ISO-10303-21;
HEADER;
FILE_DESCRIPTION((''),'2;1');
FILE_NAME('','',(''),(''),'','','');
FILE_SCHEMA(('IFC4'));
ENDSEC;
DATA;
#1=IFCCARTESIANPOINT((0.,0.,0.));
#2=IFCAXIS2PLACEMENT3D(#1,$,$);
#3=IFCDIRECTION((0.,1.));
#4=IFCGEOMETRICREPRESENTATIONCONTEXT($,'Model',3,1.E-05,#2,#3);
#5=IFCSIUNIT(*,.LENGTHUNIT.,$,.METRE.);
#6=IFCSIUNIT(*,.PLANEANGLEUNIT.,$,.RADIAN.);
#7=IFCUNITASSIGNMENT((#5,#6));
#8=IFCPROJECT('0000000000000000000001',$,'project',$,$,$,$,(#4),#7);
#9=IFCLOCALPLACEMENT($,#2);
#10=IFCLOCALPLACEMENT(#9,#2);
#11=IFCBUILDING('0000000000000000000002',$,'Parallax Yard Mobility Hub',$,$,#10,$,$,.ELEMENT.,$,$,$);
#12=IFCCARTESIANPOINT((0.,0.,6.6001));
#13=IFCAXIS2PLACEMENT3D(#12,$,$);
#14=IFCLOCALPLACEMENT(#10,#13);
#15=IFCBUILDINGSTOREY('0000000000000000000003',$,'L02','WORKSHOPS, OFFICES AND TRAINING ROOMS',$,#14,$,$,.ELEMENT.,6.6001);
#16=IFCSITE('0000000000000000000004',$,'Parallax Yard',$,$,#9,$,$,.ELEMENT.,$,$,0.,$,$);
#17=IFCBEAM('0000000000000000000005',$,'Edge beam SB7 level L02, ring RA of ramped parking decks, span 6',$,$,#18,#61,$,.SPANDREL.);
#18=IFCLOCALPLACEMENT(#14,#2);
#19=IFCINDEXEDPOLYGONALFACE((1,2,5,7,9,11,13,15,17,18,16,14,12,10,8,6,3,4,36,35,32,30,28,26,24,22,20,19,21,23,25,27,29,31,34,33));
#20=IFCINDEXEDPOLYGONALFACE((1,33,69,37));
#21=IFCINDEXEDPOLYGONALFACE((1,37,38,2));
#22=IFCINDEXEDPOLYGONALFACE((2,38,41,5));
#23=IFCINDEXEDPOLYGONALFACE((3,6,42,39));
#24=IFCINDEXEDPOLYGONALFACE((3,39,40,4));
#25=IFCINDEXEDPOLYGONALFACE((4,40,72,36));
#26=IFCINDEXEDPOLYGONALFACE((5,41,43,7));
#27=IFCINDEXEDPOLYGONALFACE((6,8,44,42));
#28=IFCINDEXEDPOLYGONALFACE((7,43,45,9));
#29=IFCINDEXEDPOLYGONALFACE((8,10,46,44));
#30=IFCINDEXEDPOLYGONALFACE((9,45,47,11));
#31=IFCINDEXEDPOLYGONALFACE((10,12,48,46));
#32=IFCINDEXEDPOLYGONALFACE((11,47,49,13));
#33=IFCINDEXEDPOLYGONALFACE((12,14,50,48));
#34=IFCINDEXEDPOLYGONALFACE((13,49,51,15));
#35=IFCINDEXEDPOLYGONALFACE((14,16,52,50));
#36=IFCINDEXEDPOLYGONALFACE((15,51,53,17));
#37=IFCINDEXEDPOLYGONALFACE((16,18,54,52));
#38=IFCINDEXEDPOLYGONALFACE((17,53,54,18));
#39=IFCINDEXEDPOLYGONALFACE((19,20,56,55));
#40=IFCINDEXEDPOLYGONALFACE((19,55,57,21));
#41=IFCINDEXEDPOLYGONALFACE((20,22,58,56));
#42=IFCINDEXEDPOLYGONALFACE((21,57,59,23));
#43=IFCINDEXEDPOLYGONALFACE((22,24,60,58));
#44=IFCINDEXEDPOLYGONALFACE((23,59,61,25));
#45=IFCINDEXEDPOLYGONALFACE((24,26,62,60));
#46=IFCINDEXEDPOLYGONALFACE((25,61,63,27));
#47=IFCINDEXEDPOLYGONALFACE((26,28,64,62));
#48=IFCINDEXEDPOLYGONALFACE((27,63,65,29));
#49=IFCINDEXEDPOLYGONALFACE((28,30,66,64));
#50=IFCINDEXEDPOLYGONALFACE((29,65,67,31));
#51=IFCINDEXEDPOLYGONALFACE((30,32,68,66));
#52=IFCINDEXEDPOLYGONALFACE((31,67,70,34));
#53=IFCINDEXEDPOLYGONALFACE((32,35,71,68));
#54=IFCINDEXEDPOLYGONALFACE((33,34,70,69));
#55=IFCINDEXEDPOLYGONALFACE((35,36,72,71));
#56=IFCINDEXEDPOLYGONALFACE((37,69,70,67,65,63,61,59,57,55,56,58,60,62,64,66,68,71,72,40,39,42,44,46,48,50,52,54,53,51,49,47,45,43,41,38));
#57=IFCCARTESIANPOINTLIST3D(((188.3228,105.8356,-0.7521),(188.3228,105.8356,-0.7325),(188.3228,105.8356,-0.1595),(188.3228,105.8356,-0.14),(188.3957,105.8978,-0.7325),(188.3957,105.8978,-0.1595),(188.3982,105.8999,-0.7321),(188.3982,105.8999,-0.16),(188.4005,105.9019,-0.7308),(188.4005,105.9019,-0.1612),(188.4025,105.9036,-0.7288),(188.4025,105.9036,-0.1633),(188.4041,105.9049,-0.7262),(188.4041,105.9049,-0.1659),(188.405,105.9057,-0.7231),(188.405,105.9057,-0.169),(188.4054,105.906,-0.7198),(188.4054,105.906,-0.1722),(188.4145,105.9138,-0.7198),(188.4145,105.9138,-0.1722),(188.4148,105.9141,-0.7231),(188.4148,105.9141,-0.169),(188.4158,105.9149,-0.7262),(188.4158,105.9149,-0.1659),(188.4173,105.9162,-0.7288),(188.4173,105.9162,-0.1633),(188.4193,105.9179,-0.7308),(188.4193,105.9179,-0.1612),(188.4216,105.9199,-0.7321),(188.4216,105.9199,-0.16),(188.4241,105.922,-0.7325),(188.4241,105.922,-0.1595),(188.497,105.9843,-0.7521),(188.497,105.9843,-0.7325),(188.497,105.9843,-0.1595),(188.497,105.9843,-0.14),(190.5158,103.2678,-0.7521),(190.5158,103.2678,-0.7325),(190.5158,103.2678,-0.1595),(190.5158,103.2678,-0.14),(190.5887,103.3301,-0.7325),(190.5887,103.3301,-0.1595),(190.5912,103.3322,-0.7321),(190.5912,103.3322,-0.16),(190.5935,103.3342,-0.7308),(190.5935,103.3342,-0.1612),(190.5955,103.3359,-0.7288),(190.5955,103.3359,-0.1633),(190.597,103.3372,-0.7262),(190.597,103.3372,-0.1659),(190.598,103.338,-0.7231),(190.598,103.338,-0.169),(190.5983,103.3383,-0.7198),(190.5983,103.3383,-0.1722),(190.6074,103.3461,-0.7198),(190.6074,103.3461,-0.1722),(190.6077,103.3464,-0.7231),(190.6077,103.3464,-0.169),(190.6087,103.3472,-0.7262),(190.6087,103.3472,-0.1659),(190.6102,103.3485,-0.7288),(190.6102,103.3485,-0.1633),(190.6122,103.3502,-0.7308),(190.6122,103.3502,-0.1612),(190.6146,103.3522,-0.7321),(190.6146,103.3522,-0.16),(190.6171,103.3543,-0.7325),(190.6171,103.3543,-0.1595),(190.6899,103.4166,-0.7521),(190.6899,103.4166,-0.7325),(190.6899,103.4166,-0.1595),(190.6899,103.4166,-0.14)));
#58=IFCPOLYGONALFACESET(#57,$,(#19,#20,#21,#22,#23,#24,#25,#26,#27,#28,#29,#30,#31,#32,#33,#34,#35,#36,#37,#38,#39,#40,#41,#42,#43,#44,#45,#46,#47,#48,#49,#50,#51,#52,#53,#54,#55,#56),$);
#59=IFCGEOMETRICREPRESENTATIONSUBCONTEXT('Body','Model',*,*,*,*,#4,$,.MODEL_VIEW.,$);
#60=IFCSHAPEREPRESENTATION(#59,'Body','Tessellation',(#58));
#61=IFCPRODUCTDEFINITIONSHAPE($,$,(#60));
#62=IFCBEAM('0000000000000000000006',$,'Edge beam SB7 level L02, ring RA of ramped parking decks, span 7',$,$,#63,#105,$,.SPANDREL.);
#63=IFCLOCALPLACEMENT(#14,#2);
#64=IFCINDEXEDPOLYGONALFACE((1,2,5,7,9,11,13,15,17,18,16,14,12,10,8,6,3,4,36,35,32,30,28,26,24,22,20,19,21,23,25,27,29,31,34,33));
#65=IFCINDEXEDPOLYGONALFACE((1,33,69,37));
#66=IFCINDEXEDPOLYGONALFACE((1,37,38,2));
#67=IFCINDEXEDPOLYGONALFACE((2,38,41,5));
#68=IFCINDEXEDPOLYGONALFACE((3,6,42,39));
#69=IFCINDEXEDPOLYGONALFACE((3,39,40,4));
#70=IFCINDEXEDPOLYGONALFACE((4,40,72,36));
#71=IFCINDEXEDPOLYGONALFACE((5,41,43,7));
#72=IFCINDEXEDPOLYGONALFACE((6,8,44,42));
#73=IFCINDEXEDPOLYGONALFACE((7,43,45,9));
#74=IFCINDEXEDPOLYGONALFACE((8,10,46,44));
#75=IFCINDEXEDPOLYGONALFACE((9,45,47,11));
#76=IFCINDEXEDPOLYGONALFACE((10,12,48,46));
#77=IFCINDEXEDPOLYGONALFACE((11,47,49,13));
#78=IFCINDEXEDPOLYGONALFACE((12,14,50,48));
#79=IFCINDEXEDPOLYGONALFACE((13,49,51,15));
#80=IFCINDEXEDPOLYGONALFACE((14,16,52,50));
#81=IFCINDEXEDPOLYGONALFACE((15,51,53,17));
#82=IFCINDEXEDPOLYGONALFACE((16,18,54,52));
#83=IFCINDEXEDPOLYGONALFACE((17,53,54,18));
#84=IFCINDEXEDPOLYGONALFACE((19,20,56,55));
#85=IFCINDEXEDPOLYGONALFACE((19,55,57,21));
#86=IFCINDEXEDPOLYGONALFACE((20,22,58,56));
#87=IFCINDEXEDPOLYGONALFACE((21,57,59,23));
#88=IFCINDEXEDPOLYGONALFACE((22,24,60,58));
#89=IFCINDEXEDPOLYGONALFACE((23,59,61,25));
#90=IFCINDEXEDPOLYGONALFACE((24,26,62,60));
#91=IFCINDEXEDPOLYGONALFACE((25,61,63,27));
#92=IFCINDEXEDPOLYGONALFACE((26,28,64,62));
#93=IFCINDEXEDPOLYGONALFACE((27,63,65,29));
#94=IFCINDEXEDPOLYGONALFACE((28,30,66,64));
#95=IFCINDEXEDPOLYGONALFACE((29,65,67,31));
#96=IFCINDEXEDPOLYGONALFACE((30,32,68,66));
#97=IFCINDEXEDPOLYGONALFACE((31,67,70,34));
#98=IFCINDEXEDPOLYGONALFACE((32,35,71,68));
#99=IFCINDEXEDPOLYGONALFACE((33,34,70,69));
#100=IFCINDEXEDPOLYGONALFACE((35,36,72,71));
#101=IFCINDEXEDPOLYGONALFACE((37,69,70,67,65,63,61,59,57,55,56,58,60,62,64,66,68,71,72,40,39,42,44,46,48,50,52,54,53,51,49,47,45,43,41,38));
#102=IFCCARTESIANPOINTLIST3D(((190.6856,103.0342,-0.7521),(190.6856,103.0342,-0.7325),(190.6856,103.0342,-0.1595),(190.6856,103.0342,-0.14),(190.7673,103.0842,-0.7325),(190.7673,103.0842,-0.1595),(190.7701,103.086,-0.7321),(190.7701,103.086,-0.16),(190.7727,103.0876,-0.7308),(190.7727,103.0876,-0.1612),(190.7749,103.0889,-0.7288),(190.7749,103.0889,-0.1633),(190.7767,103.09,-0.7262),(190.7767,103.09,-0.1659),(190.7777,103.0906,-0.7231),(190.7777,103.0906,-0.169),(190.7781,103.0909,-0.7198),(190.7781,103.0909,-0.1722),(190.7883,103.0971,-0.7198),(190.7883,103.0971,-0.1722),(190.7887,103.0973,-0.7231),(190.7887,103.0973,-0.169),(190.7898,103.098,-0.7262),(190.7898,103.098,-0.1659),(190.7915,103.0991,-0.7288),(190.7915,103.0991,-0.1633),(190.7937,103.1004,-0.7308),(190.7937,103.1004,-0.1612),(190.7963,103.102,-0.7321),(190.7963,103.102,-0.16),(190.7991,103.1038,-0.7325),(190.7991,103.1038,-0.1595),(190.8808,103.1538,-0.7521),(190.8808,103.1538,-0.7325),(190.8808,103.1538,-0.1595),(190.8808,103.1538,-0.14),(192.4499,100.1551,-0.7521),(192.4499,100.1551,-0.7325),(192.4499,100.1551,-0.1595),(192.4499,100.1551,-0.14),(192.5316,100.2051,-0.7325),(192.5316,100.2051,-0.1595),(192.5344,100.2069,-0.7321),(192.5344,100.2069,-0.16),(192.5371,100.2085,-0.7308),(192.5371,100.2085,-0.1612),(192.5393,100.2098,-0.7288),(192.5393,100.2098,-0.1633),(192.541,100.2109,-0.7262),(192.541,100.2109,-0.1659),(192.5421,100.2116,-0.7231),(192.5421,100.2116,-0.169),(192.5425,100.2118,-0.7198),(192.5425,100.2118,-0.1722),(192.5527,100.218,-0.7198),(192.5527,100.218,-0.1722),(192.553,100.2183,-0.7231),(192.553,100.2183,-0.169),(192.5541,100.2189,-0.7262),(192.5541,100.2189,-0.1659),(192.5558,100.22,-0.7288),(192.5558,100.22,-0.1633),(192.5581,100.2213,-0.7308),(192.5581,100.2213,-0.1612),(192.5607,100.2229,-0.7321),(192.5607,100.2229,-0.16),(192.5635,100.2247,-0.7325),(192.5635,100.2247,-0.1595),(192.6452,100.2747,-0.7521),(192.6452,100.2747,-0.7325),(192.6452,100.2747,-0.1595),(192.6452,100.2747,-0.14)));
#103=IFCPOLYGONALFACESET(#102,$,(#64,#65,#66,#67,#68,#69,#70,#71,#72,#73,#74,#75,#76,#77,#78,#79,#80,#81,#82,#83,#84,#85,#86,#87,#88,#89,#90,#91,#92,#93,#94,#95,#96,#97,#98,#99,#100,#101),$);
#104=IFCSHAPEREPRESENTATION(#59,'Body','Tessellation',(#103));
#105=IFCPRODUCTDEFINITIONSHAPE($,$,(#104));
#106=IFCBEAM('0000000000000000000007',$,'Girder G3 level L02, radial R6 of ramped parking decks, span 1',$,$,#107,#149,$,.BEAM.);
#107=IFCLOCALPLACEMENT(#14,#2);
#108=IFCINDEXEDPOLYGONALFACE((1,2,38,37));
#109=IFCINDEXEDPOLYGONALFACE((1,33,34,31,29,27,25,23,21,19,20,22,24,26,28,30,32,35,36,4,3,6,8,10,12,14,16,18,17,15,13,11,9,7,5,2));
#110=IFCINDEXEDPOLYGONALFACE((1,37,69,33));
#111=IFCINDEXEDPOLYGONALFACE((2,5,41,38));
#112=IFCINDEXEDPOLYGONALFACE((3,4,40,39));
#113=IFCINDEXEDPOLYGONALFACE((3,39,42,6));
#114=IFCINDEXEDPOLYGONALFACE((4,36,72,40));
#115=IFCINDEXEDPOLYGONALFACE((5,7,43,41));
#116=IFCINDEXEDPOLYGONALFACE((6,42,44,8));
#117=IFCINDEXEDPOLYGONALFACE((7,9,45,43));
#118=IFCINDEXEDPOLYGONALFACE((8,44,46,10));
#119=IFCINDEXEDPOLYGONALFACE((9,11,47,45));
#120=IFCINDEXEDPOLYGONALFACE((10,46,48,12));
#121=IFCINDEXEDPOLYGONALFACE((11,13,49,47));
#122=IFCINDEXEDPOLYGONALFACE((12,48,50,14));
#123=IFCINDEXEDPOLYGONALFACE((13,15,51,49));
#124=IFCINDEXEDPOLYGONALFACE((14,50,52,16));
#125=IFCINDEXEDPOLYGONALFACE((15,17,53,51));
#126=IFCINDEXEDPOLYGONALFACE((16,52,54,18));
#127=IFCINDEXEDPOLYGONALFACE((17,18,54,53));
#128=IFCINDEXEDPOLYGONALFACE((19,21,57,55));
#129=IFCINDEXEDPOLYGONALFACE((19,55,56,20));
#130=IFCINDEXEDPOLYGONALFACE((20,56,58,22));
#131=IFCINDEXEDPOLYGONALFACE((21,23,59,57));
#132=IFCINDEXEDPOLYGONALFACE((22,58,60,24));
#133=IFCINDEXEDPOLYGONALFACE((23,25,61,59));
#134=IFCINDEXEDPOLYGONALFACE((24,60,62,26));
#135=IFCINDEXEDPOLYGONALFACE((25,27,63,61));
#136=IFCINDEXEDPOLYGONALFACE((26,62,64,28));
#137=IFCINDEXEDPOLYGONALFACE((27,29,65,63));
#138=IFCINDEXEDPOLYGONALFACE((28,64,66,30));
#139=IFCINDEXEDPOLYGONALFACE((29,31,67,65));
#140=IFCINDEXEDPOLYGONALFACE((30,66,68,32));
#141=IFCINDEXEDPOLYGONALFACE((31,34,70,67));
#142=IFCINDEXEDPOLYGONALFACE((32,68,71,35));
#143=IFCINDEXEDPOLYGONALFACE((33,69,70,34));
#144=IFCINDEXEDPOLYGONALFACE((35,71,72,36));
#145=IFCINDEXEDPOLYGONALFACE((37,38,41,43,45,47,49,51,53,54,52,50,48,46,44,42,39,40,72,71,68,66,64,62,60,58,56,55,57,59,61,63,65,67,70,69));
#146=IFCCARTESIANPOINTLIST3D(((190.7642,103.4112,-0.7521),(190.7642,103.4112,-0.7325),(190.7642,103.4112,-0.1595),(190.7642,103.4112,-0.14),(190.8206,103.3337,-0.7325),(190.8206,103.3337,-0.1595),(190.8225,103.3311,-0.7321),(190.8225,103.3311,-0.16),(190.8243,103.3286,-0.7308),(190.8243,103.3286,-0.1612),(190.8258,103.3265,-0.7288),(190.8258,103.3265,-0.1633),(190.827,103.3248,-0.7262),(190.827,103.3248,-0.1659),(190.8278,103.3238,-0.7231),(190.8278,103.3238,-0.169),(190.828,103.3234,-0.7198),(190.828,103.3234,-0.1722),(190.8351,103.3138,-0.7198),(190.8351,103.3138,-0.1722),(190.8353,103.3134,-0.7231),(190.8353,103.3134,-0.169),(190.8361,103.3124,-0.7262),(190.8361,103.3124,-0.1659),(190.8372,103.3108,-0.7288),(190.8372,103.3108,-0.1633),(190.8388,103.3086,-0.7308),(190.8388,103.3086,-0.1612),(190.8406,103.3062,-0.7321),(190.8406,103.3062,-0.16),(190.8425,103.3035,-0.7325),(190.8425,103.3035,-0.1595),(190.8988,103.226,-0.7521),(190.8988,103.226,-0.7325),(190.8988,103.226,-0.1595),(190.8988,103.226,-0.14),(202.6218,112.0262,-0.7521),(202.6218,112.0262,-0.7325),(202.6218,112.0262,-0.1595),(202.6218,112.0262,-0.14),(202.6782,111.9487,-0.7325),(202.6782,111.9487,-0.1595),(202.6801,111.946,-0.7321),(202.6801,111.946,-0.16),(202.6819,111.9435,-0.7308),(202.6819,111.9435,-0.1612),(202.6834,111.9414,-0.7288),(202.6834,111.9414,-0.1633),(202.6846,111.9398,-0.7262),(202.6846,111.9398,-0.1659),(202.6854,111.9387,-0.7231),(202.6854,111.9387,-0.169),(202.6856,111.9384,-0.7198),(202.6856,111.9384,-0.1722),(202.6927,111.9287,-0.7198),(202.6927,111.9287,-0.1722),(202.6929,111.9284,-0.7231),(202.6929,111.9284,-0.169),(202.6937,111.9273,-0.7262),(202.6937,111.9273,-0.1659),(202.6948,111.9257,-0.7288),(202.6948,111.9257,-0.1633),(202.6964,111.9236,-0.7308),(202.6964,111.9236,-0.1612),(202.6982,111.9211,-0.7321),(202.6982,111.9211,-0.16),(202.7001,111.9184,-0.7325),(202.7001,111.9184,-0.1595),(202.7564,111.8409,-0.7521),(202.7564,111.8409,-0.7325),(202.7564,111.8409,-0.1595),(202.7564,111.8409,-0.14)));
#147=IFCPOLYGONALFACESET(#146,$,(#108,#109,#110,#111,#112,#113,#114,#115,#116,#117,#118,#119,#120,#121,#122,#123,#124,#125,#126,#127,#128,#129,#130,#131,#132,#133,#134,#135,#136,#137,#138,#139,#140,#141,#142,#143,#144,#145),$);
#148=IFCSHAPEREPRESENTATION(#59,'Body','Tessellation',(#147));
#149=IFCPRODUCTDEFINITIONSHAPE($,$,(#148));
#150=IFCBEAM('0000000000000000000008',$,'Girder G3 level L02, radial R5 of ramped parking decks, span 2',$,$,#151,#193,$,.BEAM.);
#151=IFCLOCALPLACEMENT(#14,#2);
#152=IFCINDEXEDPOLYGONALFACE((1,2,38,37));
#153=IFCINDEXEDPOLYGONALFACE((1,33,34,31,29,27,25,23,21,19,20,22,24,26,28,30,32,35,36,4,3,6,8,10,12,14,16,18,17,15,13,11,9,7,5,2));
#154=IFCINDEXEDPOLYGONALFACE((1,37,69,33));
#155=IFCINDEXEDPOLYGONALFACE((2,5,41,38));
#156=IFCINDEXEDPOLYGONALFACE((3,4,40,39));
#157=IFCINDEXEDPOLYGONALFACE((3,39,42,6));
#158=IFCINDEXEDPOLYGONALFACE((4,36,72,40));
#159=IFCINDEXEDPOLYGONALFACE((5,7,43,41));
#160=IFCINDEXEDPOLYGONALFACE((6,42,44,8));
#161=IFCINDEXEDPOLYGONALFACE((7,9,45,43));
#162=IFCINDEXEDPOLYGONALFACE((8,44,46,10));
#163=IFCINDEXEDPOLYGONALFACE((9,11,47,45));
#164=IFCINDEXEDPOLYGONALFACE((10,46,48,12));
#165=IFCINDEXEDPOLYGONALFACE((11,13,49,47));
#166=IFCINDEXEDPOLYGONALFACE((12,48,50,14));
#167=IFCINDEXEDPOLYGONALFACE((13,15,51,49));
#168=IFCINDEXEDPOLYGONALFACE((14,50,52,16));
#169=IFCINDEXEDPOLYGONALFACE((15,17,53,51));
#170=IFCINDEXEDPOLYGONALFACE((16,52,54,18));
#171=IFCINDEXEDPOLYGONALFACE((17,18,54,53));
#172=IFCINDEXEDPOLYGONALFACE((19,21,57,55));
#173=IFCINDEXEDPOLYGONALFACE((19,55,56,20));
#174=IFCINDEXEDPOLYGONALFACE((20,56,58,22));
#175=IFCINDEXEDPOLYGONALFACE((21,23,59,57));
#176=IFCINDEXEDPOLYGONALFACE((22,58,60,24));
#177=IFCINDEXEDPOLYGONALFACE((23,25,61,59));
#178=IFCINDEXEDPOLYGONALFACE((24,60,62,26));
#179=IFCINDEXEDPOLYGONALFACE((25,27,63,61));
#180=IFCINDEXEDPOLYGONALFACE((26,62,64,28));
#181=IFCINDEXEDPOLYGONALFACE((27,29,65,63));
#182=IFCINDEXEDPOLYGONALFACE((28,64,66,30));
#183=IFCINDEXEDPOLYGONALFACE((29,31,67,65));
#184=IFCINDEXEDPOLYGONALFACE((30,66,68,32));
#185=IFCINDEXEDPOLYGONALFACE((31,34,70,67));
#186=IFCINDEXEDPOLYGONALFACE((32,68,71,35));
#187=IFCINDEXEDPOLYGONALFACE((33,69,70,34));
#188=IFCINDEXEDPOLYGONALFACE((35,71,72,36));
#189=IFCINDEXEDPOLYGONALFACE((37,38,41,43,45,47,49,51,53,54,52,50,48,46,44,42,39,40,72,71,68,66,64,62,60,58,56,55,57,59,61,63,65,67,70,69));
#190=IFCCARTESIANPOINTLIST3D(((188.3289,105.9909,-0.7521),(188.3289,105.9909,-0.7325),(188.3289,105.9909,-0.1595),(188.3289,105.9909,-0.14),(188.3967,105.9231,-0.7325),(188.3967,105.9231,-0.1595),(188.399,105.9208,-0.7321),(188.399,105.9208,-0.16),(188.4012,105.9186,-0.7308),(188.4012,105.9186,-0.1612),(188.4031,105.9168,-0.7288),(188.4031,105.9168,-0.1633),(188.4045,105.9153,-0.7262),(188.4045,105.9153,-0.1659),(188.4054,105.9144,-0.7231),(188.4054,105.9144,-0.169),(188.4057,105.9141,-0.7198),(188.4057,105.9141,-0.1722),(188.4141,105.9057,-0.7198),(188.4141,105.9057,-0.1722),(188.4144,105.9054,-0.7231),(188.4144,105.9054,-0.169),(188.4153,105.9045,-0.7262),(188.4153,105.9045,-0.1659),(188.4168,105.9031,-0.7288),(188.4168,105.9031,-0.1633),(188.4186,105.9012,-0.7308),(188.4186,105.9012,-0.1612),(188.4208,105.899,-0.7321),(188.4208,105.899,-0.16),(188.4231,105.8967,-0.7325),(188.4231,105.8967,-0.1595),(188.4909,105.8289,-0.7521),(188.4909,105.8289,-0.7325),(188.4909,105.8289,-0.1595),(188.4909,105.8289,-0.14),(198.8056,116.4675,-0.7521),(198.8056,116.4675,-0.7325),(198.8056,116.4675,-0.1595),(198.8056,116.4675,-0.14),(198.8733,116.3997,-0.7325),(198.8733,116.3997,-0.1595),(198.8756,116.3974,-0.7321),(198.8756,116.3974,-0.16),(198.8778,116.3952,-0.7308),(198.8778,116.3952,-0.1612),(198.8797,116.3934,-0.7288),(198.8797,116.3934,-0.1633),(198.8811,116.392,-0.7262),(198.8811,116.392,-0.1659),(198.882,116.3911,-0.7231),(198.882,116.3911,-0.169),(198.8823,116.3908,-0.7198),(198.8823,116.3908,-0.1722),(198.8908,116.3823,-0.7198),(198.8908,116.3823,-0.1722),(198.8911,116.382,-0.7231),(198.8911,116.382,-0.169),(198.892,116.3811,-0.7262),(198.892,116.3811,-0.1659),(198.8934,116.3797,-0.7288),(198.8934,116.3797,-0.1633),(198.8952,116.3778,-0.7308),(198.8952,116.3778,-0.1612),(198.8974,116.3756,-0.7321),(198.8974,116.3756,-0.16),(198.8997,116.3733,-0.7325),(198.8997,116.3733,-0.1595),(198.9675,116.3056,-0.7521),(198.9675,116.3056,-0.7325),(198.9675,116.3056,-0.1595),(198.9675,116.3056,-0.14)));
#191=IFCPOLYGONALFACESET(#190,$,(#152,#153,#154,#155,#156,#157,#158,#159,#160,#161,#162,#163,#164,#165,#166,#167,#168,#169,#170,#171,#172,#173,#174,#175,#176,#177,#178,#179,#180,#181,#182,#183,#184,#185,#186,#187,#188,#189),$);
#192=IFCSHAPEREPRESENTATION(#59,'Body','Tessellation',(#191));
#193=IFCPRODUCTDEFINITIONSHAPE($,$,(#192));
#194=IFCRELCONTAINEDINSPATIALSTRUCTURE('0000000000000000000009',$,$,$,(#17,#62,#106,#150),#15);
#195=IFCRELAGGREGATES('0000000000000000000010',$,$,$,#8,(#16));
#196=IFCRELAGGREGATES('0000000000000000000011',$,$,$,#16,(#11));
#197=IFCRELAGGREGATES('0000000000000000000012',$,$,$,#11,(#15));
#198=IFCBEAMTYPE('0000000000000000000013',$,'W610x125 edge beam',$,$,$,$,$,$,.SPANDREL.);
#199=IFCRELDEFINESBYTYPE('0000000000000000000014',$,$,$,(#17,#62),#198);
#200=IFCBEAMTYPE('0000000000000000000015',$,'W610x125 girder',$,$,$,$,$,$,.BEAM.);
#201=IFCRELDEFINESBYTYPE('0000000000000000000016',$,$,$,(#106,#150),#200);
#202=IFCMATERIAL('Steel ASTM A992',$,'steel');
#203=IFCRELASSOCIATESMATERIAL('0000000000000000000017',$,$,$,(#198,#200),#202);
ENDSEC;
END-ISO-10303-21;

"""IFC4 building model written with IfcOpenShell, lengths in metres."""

from ifc_helpers import new_model, si_unit, direction, frame, origin, origin_2d, place, context, subcontext, project, spatial, i_section, extrude, material, material_profile, profile_set, type_object, element, save


model = new_model("IFC4")

# Units and contexts
model_context = context("Model", 3, precision=1e-05, world=origin(), true_north=direction((0.0, 1.0)))
body_context = subcontext(model_context, "Body", "Model", "MODEL_VIEW")
ifc_project = project(units=[si_unit("LENGTHUNIT", "METRE"), si_unit("PLANEANGLEUNIT", "RADIAN")], contexts=[model_context])

# Site, building, storey
site_placement = place(None, origin())
site = spatial("IfcSite", under=ifc_project, at=site_placement, Name="Parallax Yard", CompositionType="ELEMENT", RefElevation=0.0)
building_placement = place(site_placement, origin())
building = spatial("IfcBuilding", under=site, at=building_placement, Name="Parallax Yard Mobility Hub", CompositionType="ELEMENT")
storey_placement = place(building_placement, frame((0.0, 0.0, 6.6001)))
storey = spatial("IfcBuildingStorey", under=building, at=storey_placement, Name="L02", Description="WORKSHOPS, OFFICES AND TRAINING ROOMS", CompositionType="ELEMENT", Elevation=6.6001)

# Shared definitions
ifc_material_1 = material(Name="Steel ASTM A992", Category="steel")

# Beams
ifc_material_profile_1 = material_profile(ifc_material_1, i_section(OverallWidth=0.229, OverallDepth=0.6121, WebThickness=0.012, FlangeThickness=0.0195, FilletRadius=0.0127, at=origin_2d()), Name="W610x125")
ifc_profile_set_1 = profile_set([ifc_material_profile_1], Name="Steel ASTM A992")
beam_type_1 = type_object("IfcBeamType", Name="W610x125 edge beam", PredefinedType="SPANDREL", material=ifc_profile_set_1)
for number, where, z_axis, x_axis, name in (
    (1, (188.4099, 105.9099, -0.446), (0.649433, -0.760419, 0.0), (0.760419, 0.649433, 0.0), "Edge beam SB7 level L02, ring RA of ramped parking decks, span 6"),
    (2, (190.7832, 103.094, -0.446), (0.522511, -0.852632, 0.0), (0.852632, 0.522511, 0.0), "Edge beam SB7 level L02, ring RA of ramped parking decks, span 7"),
):
    element("IfcBeam", number, at=place(storey_placement, frame(where, z_axis=z_axis, x_axis=x_axis)), inside=storey, type_object=beam_type_1, Name=name, PredefinedType="SPANDREL", context=body_context, shape_type="SweptSolid", body=[
        extrude(i_section(OverallWidth=0.229, OverallDepth=0.6121, WebThickness=0.012, FlangeThickness=0.0195, FilletRadius=0.0127, at=origin_2d()), origin(), (0.0, 0.0, 1.0), 3.3767),
    ])
ifc_material_profile_2 = material_profile(ifc_material_1, i_section(OverallWidth=0.229, OverallDepth=0.6121, WebThickness=0.012, FlangeThickness=0.0195, FilletRadius=0.0127, at=origin_2d()), Name="W610x125")
ifc_profile_set_2 = profile_set([ifc_material_profile_2], Name="Steel ASTM A992")
beam_type_2 = type_object("IfcBeamType", Name="W610x125 girder", PredefinedType="BEAM", material=ifc_profile_set_2)
beam_1_placement = place(storey_placement, frame((190.8315, 103.3186, -0.446), z_axis=(0.809021, 0.58778, 0.0), x_axis=(-0.58778, 0.809021, 0.0)))
element("IfcBeam", 3, at=beam_1_placement, inside=storey, type_object=beam_type_2, Name="Girder G3 level L02, radial R6 of ramped parking decks, span 1", PredefinedType="BEAM", context=body_context, shape_type="SweptSolid", body=[
    extrude(i_section(OverallWidth=0.229, OverallDepth=0.6121, WebThickness=0.012, FlangeThickness=0.0195, FilletRadius=0.0127, at=origin_2d()), origin(), (0.0, 0.0, 1.0), 14.6567),
])
beam_2_placement = place(storey_placement, frame((188.4099, 105.9099, -0.446), z_axis=(0.707107, 0.707107, 0.0), x_axis=(-0.707107, 0.707107, 0.0)))
element("IfcBeam", 4, at=beam_2_placement, inside=storey, type_object=beam_type_2, Name="Girder G3 level L02, radial R5 of ramped parking decks, span 2", PredefinedType="BEAM", context=body_context, shape_type="SweptSolid", body=[
    extrude(i_section(OverallWidth=0.229, OverallDepth=0.6121, WebThickness=0.012, FlangeThickness=0.0195, FilletRadius=0.0127, at=origin_2d()), origin(), (0.0, 0.0, 1.0), 14.8162),
])

save(model, "model.ifc")
